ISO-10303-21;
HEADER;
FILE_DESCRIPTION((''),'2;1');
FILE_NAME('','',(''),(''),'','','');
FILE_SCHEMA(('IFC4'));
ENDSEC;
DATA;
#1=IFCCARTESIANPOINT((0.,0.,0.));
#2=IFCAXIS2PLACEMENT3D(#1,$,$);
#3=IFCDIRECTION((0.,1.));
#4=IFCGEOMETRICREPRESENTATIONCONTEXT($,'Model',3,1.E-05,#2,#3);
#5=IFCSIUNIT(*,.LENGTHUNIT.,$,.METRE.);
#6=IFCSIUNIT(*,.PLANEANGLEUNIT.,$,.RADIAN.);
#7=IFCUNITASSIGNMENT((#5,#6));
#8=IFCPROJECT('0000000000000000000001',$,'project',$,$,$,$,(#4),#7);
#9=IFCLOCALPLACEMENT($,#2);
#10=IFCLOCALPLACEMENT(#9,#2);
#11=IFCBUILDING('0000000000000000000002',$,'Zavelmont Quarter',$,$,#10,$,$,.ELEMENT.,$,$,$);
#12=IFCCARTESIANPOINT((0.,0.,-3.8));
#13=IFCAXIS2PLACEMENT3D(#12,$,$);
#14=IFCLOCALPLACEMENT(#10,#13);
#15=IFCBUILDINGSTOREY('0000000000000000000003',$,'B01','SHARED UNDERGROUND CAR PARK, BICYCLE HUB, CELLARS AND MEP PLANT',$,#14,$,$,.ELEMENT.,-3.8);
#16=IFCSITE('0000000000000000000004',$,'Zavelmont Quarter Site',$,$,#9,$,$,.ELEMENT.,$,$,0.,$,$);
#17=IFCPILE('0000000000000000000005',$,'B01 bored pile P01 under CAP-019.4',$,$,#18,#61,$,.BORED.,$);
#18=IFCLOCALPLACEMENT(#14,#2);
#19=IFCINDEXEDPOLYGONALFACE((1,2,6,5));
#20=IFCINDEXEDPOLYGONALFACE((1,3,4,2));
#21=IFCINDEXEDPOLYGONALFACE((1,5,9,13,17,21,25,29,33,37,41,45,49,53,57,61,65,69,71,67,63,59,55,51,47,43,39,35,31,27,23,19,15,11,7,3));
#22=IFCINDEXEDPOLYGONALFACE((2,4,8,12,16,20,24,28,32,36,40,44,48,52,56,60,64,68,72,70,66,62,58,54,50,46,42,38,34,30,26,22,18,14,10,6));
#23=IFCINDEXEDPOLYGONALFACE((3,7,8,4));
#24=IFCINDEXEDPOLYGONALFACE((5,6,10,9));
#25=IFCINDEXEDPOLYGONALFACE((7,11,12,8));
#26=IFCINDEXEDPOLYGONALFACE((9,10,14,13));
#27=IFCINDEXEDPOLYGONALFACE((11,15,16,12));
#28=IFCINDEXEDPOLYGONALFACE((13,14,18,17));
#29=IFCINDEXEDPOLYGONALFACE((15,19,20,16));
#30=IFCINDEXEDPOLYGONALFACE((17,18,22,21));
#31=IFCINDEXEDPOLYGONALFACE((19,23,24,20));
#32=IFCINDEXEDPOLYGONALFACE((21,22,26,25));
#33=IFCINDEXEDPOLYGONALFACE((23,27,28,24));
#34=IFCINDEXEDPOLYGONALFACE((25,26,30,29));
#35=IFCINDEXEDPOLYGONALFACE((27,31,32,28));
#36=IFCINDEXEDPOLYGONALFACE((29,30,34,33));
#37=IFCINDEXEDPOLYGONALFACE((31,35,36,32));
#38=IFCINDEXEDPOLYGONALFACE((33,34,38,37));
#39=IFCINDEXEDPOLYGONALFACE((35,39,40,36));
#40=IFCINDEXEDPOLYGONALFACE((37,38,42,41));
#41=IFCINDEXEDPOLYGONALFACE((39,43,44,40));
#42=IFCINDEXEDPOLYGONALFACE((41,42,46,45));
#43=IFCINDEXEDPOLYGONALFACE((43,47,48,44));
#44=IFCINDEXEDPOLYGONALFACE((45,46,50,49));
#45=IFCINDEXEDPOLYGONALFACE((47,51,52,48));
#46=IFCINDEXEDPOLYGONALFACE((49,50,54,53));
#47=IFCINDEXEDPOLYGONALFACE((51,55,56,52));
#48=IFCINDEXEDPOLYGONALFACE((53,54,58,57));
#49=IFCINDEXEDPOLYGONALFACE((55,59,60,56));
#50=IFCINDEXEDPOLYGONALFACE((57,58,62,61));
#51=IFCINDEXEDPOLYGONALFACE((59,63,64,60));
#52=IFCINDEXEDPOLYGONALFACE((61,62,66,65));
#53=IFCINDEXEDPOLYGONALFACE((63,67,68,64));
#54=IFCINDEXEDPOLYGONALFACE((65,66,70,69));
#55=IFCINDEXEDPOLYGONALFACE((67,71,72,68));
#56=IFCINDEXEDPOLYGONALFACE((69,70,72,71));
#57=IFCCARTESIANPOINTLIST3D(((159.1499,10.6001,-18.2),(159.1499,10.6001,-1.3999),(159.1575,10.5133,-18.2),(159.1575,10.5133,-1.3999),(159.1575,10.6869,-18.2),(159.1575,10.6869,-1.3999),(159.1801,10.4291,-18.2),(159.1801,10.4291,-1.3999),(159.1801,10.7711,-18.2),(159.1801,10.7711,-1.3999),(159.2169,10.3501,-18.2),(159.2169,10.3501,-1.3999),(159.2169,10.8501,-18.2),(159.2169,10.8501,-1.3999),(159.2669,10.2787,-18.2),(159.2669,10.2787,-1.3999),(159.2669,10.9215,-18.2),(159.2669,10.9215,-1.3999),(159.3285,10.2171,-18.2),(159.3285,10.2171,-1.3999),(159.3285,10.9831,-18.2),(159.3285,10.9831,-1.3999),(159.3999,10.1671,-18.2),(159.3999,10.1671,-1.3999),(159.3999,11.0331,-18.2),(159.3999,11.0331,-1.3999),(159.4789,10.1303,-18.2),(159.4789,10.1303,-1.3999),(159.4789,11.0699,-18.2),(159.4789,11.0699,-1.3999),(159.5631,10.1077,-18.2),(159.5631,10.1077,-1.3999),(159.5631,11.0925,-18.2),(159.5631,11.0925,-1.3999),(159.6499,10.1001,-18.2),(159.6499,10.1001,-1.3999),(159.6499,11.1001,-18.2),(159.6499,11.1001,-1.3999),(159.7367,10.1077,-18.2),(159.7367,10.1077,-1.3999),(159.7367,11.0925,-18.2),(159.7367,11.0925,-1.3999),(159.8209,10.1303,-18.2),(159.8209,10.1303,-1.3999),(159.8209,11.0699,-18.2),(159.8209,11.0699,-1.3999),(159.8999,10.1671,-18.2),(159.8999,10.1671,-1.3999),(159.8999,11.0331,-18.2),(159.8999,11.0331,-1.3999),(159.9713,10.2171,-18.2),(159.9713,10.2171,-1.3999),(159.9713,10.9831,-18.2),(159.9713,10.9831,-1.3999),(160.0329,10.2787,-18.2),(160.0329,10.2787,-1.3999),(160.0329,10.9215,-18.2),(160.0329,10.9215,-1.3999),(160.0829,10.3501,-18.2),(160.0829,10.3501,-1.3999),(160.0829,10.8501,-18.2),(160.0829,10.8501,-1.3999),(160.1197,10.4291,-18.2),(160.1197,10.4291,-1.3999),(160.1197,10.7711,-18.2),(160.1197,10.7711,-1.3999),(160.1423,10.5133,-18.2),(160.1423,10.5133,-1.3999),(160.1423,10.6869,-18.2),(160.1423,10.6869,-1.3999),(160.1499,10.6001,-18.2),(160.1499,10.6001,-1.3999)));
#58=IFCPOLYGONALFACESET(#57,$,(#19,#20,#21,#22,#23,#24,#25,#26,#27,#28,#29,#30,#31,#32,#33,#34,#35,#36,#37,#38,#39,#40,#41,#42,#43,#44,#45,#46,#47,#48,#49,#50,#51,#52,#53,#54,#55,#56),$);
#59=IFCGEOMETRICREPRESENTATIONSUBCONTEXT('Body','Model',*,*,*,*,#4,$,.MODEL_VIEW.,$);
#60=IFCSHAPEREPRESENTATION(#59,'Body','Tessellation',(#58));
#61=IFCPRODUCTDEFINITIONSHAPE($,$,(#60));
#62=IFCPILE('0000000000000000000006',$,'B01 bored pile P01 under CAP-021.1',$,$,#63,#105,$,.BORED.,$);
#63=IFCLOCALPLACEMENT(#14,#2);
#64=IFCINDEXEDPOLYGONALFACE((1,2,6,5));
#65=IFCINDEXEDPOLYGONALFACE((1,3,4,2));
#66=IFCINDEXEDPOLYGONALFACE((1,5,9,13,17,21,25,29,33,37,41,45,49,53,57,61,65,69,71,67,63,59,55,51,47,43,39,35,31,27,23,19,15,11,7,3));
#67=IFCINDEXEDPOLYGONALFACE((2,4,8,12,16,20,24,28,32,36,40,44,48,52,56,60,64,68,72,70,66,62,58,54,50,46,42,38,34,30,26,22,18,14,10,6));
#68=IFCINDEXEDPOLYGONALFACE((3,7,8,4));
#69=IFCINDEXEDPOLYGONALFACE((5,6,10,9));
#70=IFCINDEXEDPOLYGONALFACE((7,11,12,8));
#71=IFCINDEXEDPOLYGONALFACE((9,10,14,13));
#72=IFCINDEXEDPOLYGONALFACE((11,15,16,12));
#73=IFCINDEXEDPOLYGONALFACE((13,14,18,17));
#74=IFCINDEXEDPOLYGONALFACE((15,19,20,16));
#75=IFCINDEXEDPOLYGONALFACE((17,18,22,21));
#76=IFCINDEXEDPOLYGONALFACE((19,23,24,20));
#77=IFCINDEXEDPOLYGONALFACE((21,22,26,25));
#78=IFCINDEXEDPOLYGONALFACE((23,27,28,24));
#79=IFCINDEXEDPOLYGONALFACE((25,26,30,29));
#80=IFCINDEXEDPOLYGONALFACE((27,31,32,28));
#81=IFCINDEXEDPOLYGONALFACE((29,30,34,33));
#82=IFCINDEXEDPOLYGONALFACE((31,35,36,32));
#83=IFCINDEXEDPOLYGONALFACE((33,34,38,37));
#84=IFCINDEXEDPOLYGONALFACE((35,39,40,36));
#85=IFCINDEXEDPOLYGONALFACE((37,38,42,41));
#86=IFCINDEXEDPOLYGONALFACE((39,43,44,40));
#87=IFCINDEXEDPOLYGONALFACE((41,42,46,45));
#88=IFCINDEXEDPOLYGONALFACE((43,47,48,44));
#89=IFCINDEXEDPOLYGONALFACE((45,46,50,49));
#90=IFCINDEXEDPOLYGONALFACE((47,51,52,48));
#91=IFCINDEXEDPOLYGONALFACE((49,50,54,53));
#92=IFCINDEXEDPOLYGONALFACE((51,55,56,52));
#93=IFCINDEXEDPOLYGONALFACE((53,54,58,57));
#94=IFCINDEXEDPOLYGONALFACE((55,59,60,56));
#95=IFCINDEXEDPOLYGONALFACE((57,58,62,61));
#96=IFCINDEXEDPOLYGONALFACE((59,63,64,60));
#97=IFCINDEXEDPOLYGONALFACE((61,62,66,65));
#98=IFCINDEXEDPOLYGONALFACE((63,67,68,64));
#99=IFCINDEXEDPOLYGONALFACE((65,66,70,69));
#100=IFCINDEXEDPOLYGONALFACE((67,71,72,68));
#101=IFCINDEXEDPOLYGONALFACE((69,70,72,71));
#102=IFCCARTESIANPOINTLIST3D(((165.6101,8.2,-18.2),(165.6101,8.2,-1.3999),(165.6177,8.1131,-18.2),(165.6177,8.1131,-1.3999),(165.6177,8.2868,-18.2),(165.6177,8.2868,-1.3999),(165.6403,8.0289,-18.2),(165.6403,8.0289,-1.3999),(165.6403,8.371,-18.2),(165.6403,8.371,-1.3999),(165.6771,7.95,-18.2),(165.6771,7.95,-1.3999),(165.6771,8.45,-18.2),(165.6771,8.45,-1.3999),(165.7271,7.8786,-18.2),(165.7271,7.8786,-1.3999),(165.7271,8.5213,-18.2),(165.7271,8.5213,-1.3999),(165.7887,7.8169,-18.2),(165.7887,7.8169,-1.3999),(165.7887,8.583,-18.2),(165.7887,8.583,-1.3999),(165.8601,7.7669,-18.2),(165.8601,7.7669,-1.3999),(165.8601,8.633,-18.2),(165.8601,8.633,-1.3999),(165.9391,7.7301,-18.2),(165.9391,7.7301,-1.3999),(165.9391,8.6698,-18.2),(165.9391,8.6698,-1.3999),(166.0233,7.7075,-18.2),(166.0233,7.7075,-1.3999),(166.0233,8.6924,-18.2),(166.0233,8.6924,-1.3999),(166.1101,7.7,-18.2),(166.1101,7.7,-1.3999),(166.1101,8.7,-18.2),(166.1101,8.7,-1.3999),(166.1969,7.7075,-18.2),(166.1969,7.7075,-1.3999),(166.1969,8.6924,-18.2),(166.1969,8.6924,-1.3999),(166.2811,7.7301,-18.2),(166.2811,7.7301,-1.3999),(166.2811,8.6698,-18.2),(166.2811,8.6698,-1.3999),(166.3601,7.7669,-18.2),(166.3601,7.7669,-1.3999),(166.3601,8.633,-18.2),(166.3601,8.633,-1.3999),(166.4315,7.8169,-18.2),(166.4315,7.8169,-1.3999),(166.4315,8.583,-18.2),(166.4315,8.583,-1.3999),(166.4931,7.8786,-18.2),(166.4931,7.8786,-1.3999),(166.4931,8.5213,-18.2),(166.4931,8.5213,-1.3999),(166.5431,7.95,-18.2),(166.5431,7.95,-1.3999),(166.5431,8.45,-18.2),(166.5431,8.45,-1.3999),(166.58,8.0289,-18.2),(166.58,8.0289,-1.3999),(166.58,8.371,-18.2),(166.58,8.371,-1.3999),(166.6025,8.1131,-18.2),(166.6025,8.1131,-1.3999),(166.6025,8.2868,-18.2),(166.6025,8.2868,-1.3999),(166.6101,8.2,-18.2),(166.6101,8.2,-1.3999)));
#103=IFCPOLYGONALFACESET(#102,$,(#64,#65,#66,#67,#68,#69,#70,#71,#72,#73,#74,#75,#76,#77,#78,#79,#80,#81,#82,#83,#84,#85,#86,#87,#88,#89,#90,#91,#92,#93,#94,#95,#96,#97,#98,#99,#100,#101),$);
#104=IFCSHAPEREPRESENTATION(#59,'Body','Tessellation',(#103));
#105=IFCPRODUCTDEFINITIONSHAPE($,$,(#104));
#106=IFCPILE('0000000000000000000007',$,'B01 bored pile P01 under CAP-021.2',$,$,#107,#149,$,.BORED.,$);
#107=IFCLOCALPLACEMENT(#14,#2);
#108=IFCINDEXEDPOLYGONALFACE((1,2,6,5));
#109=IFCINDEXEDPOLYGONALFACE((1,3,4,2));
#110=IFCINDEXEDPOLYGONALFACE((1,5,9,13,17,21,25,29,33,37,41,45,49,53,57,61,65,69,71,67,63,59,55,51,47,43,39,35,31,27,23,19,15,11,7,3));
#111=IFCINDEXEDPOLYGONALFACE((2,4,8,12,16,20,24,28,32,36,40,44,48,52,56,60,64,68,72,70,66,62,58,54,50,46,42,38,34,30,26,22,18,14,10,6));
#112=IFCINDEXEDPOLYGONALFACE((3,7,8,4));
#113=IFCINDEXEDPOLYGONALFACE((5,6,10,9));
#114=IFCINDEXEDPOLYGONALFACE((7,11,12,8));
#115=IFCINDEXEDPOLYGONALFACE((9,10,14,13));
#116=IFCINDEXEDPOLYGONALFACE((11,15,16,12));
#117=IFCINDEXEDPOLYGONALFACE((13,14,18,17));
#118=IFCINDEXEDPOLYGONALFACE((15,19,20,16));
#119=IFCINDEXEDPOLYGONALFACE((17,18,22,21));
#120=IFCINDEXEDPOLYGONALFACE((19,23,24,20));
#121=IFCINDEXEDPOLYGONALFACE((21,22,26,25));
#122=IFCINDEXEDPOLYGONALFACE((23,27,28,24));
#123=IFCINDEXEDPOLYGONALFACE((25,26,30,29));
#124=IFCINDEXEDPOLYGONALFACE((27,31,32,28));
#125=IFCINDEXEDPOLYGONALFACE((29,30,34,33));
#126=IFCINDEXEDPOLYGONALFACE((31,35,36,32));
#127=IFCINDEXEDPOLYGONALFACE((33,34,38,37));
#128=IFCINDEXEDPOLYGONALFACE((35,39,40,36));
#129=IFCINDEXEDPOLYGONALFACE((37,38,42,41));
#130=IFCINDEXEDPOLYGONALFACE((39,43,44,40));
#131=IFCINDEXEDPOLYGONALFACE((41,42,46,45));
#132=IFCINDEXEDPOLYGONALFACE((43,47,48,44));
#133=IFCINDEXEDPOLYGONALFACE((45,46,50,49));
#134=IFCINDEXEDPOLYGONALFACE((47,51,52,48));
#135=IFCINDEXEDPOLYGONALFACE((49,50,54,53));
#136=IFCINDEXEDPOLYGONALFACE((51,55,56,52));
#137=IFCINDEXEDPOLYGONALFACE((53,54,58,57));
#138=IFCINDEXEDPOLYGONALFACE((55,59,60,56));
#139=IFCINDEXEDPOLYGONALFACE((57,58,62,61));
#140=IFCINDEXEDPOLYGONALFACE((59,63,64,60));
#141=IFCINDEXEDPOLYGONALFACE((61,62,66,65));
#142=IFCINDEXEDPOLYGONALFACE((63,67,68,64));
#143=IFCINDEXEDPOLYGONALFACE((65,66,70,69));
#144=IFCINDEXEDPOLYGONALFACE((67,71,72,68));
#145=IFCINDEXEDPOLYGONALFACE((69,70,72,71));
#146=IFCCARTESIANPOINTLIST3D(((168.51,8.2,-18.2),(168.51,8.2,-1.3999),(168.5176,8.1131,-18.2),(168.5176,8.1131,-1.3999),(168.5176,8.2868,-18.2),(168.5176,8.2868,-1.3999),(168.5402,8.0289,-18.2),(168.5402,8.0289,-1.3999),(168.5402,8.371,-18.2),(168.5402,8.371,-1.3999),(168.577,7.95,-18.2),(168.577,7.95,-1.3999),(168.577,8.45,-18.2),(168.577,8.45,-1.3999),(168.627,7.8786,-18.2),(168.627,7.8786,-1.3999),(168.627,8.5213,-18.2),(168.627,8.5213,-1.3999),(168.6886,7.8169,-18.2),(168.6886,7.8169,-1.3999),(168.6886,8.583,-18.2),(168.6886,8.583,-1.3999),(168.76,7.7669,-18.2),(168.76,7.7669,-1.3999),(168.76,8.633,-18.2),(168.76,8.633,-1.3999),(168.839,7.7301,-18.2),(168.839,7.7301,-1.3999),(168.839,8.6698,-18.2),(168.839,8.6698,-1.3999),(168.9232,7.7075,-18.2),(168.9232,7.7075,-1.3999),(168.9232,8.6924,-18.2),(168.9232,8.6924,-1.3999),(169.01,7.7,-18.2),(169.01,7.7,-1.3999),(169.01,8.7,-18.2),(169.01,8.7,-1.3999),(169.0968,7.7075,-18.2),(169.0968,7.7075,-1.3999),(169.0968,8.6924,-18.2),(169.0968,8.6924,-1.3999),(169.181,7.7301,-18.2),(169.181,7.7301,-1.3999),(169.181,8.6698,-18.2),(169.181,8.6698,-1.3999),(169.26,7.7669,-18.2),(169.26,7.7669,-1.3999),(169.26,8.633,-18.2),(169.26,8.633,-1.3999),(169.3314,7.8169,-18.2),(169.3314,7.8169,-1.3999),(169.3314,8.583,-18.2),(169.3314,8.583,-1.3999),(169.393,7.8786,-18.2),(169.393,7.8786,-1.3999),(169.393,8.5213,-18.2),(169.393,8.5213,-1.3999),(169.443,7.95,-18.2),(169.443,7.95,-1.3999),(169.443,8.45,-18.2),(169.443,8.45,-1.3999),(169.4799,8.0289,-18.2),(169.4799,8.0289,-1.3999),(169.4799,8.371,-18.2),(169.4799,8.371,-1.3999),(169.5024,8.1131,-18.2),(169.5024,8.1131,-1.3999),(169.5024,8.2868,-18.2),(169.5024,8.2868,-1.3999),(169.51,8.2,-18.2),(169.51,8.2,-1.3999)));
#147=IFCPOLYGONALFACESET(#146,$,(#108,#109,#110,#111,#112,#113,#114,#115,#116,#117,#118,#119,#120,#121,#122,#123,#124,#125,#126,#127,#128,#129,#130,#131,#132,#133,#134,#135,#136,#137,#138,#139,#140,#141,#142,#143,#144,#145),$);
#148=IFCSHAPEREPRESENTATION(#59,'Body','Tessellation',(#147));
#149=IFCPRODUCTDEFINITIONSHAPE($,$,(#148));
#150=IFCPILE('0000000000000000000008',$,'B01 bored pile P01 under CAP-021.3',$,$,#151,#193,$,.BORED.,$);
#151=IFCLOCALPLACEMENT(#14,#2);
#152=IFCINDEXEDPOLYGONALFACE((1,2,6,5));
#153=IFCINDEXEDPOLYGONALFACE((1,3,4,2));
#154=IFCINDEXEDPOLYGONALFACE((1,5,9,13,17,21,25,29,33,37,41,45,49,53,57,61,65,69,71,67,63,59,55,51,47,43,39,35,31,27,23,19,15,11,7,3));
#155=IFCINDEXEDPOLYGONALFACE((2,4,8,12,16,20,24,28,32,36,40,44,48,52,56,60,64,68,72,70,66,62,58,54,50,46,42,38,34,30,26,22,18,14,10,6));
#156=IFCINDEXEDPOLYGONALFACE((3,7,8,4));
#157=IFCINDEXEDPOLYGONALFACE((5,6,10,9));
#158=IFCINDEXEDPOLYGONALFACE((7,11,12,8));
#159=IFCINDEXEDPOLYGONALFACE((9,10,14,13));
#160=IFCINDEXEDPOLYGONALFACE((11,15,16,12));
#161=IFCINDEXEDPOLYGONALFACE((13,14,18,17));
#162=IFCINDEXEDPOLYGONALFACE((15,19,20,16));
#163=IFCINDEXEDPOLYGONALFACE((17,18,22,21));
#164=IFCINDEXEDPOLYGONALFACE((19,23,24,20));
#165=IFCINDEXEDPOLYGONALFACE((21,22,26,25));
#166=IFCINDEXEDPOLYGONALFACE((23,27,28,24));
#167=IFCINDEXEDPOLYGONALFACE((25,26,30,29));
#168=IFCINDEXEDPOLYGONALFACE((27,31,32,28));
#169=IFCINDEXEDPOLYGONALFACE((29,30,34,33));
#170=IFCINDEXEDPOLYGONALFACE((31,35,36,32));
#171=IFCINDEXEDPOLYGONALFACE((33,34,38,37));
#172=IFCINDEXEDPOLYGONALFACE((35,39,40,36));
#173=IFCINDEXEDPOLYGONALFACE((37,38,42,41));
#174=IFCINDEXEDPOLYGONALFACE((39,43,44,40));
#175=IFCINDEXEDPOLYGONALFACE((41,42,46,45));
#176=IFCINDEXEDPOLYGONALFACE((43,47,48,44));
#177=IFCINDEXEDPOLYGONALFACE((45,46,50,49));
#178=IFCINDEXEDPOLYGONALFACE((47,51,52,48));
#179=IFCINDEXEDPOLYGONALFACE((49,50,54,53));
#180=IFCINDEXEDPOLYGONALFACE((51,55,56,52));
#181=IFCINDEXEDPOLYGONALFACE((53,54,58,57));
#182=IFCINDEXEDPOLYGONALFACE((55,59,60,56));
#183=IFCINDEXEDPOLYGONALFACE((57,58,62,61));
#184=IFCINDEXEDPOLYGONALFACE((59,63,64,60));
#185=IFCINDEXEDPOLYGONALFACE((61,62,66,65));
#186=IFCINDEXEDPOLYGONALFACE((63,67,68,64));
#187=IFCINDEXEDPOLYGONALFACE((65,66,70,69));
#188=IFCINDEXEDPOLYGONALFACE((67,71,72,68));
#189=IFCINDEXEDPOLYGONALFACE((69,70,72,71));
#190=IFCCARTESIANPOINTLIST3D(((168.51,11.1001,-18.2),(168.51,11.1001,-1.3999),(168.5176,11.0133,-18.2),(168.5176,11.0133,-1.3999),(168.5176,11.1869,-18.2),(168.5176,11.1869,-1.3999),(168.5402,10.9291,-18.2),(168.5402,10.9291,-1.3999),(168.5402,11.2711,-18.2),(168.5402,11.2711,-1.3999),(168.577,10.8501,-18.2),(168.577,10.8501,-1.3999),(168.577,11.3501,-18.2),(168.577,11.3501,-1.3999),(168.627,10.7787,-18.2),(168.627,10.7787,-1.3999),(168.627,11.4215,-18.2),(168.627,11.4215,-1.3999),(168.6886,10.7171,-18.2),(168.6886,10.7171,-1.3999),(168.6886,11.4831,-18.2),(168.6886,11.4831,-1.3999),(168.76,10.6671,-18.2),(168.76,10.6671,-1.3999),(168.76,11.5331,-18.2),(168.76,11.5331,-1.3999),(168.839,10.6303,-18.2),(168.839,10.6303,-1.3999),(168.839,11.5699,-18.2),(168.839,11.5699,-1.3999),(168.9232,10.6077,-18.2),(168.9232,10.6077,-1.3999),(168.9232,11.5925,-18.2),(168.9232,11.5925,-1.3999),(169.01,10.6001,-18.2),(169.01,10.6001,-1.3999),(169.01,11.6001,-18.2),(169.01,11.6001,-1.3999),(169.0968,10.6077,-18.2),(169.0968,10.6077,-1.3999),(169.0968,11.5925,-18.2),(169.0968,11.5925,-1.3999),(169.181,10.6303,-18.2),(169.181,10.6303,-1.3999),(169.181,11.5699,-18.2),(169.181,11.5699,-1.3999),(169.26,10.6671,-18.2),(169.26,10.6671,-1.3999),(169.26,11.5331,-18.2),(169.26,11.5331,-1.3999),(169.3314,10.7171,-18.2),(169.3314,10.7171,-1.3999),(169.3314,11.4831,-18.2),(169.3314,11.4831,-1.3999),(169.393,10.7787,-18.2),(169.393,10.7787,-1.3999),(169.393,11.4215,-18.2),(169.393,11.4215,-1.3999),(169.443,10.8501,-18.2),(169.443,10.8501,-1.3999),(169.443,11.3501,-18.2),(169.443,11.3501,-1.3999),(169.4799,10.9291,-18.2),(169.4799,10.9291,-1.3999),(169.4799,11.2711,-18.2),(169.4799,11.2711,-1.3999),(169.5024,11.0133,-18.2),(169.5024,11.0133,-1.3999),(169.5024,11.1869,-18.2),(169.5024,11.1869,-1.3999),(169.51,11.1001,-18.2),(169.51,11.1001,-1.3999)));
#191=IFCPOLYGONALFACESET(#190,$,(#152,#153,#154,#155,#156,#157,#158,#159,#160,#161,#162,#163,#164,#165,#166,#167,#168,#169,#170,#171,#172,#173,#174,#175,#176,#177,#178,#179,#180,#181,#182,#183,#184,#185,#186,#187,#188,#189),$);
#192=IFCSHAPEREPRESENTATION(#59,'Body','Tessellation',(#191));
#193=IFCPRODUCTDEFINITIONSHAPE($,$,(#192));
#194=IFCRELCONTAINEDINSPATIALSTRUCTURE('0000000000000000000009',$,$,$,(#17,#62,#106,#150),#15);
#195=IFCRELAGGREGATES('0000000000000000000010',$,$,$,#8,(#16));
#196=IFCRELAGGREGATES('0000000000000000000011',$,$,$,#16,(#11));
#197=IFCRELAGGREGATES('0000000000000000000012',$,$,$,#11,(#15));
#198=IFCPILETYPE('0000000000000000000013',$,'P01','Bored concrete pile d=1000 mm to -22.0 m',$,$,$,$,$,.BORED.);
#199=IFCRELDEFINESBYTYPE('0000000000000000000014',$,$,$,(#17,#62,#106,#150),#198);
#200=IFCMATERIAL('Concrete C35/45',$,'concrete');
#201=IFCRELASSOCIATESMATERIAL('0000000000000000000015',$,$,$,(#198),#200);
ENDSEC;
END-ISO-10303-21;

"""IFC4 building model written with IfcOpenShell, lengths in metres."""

from ifc_helpers import new_model, si_unit, direction, frame, origin, origin_2d, place, context, subcontext, project, spatial, circle, extrude, material, material_profile, profile_set, type_object, element, save


model = new_model("IFC4")

# Units and contexts
model_context = context("Model", 3, precision=1e-05, world=origin(), true_north=direction((0.0, 1.0)))
body_context = subcontext(model_context, "Body", "Model", "MODEL_VIEW")
ifc_project = project(units=[si_unit("LENGTHUNIT", "METRE"), si_unit("PLANEANGLEUNIT", "RADIAN")], contexts=[model_context])

# Site, building, storey
site_placement = place(None, origin())
site = spatial("IfcSite", under=ifc_project, at=site_placement, Name="Zavelmont Quarter Site", CompositionType="ELEMENT", RefElevation=0.0)
building_placement = place(site_placement, origin())
building = spatial("IfcBuilding", under=site, at=building_placement, Name="Zavelmont Quarter", CompositionType="ELEMENT")
storey_placement = place(building_placement, frame((0.0, 0.0, -3.8)))
storey = spatial("IfcBuildingStorey", under=building, at=storey_placement, Name="B01", Description="SHARED UNDERGROUND CAR PARK, BICYCLE HUB, CELLARS AND MEP PLANT", CompositionType="ELEMENT", Elevation=-3.8)

# Shared definitions
ifc_material_1 = material(Name="Concrete C35/45", Category="concrete")

# Piles
ifc_material_profile_1 = material_profile(ifc_material_1, circle(Radius=0.5, at=origin_2d()), Name="BP1000")
ifc_profile_set_1 = profile_set([ifc_material_profile_1], Name="Concrete C35/45")
pile_type_1 = type_object("IfcPileType", Name="P01", Description="Bored concrete pile d=1000 mm to -22.0 m", PredefinedType="BORED", material=ifc_profile_set_1)
for number, where, z_axis, x_axis, name in (
    (1, (159.6499, 10.6001, -1.3999), (0.0, 0.0, -1.0), (1.0, 0.0, 0.0), "B01 bored pile P01 under CAP-019.4"),
    (2, (166.1101, 8.2, -1.3999), (0.0, 0.0, -1.0), (1.0, 0.0, 0.0), "B01 bored pile P01 under CAP-021.1"),
    (3, (169.01, 8.2, -1.3999), (0.0, 0.0, -1.0), (1.0, 0.0, 0.0), "B01 bored pile P01 under CAP-021.2"),
    (4, (169.01, 11.1001, -1.3999), (0.0, 0.0, -1.0), (1.0, 0.0, 0.0), "B01 bored pile P01 under CAP-021.3"),
):
    element("IfcPile", number, at=place(storey_placement, frame(where, z_axis=z_axis, x_axis=x_axis)), inside=storey, type_object=pile_type_1, Name=name, PredefinedType="BORED", context=body_context, shape_type="SweptSolid", body=[
        extrude(circle(Radius=0.5, at=origin_2d()), origin(), (0.0, 0.0, 1.0), 16.8),
    ])

save(model, "model.ifc")
